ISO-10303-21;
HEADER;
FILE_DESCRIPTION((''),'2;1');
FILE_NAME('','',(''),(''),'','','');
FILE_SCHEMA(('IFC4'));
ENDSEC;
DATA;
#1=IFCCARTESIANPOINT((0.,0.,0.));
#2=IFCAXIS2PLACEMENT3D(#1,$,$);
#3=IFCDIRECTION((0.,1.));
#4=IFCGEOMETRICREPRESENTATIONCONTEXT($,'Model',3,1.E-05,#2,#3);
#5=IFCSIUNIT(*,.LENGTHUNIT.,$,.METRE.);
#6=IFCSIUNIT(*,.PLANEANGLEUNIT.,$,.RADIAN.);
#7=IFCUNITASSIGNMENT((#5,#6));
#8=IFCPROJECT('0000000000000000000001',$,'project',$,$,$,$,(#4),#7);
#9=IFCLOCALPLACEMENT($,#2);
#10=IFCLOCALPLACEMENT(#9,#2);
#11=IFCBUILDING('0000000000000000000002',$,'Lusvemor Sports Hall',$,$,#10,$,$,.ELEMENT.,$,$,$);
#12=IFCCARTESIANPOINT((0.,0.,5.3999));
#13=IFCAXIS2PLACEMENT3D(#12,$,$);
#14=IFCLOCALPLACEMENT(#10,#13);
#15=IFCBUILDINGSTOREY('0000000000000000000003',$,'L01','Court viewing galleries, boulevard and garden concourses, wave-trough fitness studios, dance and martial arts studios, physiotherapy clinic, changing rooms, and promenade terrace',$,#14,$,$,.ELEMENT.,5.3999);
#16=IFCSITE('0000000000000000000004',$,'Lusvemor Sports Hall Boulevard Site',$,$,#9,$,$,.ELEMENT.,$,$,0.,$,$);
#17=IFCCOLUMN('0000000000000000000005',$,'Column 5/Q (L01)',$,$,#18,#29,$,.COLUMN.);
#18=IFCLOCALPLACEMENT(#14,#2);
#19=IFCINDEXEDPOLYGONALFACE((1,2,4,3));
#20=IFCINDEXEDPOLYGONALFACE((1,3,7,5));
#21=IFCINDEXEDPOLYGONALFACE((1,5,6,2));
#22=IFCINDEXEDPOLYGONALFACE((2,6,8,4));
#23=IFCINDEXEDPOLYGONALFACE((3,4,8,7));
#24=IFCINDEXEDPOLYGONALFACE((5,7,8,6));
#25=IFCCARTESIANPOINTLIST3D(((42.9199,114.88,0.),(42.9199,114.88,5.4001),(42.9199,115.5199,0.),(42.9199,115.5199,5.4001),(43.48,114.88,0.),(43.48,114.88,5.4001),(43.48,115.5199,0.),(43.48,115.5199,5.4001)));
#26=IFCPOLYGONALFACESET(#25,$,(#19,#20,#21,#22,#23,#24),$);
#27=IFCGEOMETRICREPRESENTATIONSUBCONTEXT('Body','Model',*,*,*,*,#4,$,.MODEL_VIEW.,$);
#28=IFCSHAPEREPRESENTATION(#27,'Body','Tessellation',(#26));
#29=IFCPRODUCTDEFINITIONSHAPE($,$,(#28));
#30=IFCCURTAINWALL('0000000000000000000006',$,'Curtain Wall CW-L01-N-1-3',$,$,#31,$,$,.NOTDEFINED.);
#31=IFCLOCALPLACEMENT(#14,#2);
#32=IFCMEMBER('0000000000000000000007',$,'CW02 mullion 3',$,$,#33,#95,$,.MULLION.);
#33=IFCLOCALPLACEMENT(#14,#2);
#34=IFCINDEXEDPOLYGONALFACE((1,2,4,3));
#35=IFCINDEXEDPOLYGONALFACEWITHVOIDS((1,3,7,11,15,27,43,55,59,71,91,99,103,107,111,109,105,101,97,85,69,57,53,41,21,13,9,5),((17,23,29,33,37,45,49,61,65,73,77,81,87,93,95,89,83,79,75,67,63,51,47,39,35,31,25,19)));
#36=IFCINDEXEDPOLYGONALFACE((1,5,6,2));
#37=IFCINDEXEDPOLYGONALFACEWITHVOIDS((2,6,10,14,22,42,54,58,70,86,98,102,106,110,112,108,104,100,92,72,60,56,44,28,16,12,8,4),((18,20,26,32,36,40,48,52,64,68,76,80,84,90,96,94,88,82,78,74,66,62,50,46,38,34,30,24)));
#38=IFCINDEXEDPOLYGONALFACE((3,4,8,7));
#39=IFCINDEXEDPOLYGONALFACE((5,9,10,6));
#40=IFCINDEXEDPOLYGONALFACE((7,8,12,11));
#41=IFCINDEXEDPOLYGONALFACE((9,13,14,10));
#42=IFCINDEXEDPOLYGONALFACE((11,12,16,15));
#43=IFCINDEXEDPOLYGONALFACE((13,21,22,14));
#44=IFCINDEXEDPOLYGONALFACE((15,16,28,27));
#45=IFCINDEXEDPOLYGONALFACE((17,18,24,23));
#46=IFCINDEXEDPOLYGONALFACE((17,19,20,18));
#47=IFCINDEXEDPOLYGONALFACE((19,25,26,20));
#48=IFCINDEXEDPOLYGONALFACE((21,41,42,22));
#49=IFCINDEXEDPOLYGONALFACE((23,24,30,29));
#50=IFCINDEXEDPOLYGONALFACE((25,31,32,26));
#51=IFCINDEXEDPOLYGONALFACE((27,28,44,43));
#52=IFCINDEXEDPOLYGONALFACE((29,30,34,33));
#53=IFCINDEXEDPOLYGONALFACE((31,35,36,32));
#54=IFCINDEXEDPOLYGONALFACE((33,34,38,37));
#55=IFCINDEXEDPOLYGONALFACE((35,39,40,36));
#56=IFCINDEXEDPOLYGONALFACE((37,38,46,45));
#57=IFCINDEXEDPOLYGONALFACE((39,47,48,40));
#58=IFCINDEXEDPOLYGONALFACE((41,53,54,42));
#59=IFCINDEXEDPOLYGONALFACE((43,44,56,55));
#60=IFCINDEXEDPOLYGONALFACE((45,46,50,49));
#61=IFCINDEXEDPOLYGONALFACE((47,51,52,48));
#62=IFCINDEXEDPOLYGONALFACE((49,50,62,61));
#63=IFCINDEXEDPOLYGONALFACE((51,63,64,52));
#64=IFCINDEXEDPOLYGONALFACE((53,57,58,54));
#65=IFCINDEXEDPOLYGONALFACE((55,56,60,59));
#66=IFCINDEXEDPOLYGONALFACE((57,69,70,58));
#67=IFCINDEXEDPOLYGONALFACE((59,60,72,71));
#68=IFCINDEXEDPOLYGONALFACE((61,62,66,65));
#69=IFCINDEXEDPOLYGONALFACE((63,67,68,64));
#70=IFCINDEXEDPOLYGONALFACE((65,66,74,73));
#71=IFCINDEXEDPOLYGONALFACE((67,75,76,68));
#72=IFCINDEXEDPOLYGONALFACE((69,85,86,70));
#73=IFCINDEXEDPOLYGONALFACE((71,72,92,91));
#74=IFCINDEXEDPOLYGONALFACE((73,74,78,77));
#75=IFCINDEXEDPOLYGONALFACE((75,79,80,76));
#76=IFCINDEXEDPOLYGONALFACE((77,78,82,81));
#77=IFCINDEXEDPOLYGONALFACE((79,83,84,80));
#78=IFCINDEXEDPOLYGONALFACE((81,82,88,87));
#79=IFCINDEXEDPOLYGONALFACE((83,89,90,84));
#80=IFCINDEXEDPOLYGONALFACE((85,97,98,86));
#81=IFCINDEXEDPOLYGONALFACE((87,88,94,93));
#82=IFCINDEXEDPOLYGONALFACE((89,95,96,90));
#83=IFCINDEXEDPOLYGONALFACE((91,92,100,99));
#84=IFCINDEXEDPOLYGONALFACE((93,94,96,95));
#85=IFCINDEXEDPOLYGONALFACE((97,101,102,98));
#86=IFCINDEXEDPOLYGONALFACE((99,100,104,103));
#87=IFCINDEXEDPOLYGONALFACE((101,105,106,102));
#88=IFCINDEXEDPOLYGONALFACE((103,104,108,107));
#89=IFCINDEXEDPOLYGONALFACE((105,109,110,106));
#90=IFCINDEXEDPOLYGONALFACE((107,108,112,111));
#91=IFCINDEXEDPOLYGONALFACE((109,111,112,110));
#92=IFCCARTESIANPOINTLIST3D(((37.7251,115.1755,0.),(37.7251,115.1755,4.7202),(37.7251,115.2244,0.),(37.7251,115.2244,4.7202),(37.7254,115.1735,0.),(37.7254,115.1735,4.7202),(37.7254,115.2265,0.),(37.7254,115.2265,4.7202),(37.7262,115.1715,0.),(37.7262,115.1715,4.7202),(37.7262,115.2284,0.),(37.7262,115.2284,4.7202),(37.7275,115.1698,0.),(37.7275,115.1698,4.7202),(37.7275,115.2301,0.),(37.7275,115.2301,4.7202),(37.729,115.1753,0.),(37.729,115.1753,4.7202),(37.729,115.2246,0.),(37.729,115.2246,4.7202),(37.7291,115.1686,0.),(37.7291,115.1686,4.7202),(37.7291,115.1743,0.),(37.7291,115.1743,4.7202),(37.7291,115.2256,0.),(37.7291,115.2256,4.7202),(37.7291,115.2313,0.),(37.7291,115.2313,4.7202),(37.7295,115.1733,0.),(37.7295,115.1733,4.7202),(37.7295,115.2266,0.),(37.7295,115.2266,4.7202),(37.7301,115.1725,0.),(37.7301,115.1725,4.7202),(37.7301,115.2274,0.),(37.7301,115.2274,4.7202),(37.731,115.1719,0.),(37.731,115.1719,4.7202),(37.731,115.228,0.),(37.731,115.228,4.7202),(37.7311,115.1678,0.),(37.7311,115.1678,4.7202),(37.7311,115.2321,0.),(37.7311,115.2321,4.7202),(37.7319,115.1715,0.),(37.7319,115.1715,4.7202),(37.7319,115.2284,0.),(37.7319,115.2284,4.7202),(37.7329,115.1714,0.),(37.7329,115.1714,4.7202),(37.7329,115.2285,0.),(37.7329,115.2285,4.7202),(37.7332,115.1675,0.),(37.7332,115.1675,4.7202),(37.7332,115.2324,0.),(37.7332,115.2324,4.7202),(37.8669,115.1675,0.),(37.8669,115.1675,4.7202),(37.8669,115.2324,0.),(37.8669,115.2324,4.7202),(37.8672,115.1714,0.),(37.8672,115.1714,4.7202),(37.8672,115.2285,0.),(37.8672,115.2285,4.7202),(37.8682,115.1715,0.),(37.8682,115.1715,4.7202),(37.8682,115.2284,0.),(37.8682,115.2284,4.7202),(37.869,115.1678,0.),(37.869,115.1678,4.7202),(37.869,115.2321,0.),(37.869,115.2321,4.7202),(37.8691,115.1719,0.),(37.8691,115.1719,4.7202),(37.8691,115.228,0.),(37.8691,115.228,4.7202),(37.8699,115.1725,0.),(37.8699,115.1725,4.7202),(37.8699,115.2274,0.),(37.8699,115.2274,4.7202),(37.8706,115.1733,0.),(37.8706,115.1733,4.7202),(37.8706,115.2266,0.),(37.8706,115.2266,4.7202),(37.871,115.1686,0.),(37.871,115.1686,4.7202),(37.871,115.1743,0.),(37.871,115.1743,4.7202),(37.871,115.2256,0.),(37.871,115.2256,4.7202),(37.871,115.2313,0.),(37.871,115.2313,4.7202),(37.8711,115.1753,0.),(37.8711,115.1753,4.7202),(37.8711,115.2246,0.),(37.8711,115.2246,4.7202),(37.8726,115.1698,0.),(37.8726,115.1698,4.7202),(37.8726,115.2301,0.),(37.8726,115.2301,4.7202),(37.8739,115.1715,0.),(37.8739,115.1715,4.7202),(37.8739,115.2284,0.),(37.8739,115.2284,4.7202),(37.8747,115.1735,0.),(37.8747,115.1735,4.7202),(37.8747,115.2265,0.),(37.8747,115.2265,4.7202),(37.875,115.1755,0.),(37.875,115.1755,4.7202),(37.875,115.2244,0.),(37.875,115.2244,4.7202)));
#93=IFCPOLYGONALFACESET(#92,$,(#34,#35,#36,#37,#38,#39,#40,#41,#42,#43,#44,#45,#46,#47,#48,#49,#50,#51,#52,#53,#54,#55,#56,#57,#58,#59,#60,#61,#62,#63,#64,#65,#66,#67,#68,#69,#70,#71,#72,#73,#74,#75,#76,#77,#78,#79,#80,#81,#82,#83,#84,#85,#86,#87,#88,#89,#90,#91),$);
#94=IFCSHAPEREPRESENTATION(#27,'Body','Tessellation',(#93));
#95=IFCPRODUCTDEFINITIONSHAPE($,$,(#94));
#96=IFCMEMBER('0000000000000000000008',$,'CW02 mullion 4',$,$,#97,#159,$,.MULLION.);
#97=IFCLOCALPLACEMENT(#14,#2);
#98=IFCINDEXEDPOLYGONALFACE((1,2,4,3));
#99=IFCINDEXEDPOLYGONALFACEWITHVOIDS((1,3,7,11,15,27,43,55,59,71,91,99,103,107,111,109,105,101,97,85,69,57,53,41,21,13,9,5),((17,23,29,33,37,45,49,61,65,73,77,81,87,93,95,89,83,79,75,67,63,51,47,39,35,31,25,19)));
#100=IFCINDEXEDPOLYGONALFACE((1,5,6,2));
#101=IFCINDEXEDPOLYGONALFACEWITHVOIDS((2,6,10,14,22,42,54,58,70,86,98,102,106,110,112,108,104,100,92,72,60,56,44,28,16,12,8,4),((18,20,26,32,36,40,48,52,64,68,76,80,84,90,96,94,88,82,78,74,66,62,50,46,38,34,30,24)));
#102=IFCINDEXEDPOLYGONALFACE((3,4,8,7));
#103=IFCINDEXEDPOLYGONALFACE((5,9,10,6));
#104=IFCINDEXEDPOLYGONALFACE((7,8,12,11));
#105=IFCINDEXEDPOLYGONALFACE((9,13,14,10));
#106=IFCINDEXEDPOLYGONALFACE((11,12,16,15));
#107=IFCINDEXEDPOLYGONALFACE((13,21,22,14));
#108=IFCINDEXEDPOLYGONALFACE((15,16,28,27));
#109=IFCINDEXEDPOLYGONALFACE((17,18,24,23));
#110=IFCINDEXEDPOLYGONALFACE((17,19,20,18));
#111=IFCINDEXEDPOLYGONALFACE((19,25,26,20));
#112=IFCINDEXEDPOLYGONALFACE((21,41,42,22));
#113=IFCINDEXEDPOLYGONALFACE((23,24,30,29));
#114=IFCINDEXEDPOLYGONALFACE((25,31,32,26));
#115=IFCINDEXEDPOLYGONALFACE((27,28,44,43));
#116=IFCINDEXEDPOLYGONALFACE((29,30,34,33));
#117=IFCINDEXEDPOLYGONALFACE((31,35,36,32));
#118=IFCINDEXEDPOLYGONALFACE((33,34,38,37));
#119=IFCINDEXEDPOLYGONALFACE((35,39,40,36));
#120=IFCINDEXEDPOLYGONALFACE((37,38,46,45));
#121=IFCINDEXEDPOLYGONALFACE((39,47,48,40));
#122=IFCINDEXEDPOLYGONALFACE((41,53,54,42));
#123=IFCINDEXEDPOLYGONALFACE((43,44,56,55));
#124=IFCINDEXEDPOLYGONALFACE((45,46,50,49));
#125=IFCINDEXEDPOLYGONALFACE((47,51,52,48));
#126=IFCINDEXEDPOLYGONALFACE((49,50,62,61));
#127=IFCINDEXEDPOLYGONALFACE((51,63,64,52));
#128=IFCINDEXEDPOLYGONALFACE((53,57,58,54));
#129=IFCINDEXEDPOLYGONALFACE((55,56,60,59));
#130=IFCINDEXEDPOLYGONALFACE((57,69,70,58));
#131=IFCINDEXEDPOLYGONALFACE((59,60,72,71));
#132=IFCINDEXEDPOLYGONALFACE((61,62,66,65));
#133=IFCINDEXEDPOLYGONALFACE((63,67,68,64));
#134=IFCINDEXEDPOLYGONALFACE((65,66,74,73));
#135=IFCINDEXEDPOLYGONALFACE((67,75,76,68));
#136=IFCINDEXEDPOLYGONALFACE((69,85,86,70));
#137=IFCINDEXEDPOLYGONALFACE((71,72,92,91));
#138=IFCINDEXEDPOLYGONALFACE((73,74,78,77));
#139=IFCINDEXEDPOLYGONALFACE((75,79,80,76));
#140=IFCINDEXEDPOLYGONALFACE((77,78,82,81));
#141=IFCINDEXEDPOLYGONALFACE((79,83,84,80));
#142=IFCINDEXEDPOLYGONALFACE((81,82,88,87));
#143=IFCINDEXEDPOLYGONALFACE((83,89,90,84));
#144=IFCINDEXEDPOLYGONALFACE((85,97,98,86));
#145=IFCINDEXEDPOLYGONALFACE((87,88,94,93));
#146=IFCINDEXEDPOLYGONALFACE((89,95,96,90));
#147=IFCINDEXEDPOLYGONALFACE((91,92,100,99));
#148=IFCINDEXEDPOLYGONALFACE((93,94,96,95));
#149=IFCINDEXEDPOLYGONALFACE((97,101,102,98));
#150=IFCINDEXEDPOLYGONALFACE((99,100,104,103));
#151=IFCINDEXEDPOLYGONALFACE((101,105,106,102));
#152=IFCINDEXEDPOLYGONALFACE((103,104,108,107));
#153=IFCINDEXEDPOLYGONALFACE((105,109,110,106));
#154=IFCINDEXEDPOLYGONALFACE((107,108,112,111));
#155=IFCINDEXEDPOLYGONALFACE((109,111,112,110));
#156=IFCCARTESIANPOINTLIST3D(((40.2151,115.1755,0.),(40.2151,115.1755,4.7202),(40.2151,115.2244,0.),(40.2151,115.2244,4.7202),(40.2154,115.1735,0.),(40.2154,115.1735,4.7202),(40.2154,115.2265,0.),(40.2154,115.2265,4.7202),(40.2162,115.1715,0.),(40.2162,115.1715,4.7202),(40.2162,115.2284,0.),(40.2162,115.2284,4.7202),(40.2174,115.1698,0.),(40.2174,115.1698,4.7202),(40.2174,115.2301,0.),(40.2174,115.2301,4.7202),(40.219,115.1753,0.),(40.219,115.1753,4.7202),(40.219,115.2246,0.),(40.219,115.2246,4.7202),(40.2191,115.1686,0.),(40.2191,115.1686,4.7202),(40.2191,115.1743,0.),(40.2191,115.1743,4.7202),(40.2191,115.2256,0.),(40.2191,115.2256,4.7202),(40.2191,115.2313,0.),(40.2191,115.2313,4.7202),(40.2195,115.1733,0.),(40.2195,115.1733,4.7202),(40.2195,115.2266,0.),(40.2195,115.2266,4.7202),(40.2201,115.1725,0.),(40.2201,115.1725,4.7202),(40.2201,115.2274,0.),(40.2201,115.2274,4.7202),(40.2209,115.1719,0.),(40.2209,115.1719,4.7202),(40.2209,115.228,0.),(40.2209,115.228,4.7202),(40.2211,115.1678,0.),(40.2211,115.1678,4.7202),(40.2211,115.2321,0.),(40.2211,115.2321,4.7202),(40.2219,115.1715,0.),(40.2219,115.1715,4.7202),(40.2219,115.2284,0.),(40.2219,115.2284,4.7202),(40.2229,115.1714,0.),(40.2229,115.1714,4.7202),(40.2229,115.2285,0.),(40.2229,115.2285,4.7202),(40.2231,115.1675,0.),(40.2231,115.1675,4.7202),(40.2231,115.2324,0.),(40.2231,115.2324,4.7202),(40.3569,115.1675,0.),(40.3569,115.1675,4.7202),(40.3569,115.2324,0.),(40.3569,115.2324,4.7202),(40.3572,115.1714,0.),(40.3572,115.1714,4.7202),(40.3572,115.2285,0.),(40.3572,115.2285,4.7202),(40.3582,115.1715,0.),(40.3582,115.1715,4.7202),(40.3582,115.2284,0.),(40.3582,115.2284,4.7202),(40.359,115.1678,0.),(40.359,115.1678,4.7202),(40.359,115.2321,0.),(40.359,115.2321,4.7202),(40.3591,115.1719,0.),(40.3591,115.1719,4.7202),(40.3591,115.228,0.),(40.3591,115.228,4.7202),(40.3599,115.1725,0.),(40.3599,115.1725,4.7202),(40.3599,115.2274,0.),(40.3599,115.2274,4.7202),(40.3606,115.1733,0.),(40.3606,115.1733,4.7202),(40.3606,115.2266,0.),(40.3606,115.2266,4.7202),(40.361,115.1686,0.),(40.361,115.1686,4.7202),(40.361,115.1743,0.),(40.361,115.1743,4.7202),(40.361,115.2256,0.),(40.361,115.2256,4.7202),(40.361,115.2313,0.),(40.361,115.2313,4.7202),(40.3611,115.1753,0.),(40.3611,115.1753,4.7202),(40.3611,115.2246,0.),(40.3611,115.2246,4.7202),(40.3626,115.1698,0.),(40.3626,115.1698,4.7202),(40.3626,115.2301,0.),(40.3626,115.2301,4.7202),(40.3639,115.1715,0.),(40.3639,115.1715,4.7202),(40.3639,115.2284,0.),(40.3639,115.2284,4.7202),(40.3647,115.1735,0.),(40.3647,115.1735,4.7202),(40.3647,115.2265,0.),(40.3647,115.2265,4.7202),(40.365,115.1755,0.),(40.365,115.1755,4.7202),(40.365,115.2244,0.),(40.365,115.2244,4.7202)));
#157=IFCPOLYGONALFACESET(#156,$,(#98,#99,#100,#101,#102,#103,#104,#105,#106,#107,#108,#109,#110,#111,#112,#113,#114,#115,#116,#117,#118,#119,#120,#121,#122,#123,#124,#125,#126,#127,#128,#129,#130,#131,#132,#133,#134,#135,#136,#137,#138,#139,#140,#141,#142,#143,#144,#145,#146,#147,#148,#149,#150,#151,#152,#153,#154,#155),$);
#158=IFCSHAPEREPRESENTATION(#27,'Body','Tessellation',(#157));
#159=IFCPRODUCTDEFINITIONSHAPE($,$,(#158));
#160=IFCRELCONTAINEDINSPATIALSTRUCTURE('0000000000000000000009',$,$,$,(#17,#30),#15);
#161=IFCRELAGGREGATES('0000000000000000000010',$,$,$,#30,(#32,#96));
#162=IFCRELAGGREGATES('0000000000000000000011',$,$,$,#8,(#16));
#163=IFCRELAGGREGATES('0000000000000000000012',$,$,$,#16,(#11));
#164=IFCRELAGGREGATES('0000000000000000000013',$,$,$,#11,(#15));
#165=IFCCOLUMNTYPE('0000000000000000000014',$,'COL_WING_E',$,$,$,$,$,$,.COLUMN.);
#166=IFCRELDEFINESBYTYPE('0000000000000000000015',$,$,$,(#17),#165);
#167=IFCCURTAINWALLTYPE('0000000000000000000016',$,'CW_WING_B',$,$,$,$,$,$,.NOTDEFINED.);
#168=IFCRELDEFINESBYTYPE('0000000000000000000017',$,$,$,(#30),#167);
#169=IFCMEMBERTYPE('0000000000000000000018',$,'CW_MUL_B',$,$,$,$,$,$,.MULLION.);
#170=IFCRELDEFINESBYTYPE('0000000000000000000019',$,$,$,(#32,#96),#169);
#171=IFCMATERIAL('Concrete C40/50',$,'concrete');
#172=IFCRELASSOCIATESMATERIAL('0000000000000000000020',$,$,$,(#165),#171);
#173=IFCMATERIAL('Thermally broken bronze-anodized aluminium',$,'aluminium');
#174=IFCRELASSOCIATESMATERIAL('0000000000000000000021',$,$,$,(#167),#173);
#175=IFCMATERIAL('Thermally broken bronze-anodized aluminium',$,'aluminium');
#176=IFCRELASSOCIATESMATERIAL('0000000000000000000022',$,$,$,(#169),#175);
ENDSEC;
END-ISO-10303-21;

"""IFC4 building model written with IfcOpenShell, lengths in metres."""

from ifc_helpers import new_model, si_unit, direction, frame, origin, origin_2d, place, context, subcontext, project, spatial, rectangle, hollow_rectangle, extrude, material, material_profile, profile_set, type_object, element, aggregate, save


model = new_model("IFC4")

# Units and contexts
model_context = context("Model", 3, precision=1e-05, world=origin(), true_north=direction((0.0, 1.0)))
body_context = subcontext(model_context, "Body", "Model", "MODEL_VIEW")
ifc_project = project(units=[si_unit("LENGTHUNIT", "METRE"), si_unit("PLANEANGLEUNIT", "RADIAN")], contexts=[model_context])

# Site, building, storey
site_placement = place(None, origin())
site = spatial("IfcSite", under=ifc_project, at=site_placement, Name="Lusvemor Sports Hall Boulevard Site", CompositionType="ELEMENT", RefElevation=0.0)
building_placement = place(site_placement, origin())
building = spatial("IfcBuilding", under=site, at=building_placement, Name="Lusvemor Sports Hall", CompositionType="ELEMENT")
storey_placement = place(building_placement, frame((0.0, 0.0, 5.3999)))
storey = spatial("IfcBuildingStorey", under=building, at=storey_placement, Name="L01", Description="Court viewing galleries, boulevard and garden concourses, wave-trough fitness studios, dance and martial arts studios, physiotherapy clinic, changing rooms, and promenade terrace", CompositionType="ELEMENT", Elevation=5.3999)

# Column
ifc_material_1 = material(Name="Concrete C40/50", Category="concrete")
ifc_material_profile_1 = material_profile(ifc_material_1, rectangle(XDim=0.5601, YDim=0.6399, at=origin_2d()), Name="RC560x640")
ifc_profile_set_1 = profile_set([ifc_material_profile_1], Name="Concrete C40/50")
column_type = type_object("IfcColumnType", Name="COL_WING_E", PredefinedType="COLUMN", material=ifc_profile_set_1)
column_placement = place(storey_placement, frame((43.2, 115.2, 0.0), z_axis=(0.0, 0.0, 1.0), x_axis=(1.0, 0.0, 0.0)))
element("IfcColumn", 1, at=column_placement, inside=storey, type_object=column_type, Name="Column 5/Q (L01)", PredefinedType="COLUMN", context=body_context, shape_type="SweptSolid", body=[
    extrude(rectangle(XDim=0.5601, YDim=0.6399, at=origin_2d()), origin(), (0.0, 0.0, 1.0), 5.4001),
])

# Curtain wall, members
ifc_material_2 = material(Name="Thermally broken bronze-anodized aluminium", Category="aluminium")
curtain_wall_type = type_object("IfcCurtainWallType", Name="CW_WING_B", PredefinedType="NOTDEFINED", material=ifc_material_2)
curtain_wall_placement = place(storey_placement, origin())
curtain_wall = element("IfcCurtainWall", 2, at=curtain_wall_placement, inside=storey, type_object=curtain_wall_type, Name="Curtain Wall CW-L01-N-1-3", PredefinedType="NOTDEFINED")
ifc_material_3 = material(Name="Thermally broken bronze-anodized aluminium", Category="aluminium")
ifc_material_profile_2 = material_profile(ifc_material_3, hollow_rectangle(XDim=0.0649, YDim=0.1499, WallThickness=0.0039, InnerFilletRadius=0.0039, OuterFilletRadius=0.0081, at=origin_2d()), Name="CWMUL150x65x4")
ifc_profile_set_2 = profile_set([ifc_material_profile_2], Name="Thermally broken bronze-anodized aluminium")
member_type_1 = type_object("IfcMemberType", Name="CW_MUL_B", PredefinedType="MULLION", material=ifc_profile_set_2)
member_1_placement = place(storey_placement, frame((37.8, 115.2, 0.0), z_axis=(0.0, 0.0, 1.0), x_axis=(0.0, 1.0, 0.0)))
member_1 = element("IfcMember", 3, at=member_1_placement, type_object=member_type_1, Name="CW02 mullion 3", PredefinedType="MULLION", context=body_context, shape_type="SweptSolid", body=[
    extrude(hollow_rectangle(XDim=0.0649, YDim=0.1499, WallThickness=0.0039, InnerFilletRadius=0.0039, OuterFilletRadius=0.0081, at=origin_2d()), origin(), (0.0, 0.0, 1.0), 4.7202),
])
member_2_placement = place(storey_placement, frame((40.29, 115.2, 0.0), z_axis=(0.0, 0.0, 1.0), x_axis=(0.0, 1.0, 0.0)))
member_2 = element("IfcMember", 4, at=member_2_placement, type_object=member_type_1, Name="CW02 mullion 4", PredefinedType="MULLION", context=body_context, shape_type="SweptSolid", body=[
    extrude(hollow_rectangle(XDim=0.0649, YDim=0.1499, WallThickness=0.0039, InnerFilletRadius=0.0039, OuterFilletRadius=0.0081, at=origin_2d()), origin(), (0.0, 0.0, 1.0), 4.7202),
])

aggregate(curtain_wall, [member_1, member_2])

save(model, "model.ifc")
